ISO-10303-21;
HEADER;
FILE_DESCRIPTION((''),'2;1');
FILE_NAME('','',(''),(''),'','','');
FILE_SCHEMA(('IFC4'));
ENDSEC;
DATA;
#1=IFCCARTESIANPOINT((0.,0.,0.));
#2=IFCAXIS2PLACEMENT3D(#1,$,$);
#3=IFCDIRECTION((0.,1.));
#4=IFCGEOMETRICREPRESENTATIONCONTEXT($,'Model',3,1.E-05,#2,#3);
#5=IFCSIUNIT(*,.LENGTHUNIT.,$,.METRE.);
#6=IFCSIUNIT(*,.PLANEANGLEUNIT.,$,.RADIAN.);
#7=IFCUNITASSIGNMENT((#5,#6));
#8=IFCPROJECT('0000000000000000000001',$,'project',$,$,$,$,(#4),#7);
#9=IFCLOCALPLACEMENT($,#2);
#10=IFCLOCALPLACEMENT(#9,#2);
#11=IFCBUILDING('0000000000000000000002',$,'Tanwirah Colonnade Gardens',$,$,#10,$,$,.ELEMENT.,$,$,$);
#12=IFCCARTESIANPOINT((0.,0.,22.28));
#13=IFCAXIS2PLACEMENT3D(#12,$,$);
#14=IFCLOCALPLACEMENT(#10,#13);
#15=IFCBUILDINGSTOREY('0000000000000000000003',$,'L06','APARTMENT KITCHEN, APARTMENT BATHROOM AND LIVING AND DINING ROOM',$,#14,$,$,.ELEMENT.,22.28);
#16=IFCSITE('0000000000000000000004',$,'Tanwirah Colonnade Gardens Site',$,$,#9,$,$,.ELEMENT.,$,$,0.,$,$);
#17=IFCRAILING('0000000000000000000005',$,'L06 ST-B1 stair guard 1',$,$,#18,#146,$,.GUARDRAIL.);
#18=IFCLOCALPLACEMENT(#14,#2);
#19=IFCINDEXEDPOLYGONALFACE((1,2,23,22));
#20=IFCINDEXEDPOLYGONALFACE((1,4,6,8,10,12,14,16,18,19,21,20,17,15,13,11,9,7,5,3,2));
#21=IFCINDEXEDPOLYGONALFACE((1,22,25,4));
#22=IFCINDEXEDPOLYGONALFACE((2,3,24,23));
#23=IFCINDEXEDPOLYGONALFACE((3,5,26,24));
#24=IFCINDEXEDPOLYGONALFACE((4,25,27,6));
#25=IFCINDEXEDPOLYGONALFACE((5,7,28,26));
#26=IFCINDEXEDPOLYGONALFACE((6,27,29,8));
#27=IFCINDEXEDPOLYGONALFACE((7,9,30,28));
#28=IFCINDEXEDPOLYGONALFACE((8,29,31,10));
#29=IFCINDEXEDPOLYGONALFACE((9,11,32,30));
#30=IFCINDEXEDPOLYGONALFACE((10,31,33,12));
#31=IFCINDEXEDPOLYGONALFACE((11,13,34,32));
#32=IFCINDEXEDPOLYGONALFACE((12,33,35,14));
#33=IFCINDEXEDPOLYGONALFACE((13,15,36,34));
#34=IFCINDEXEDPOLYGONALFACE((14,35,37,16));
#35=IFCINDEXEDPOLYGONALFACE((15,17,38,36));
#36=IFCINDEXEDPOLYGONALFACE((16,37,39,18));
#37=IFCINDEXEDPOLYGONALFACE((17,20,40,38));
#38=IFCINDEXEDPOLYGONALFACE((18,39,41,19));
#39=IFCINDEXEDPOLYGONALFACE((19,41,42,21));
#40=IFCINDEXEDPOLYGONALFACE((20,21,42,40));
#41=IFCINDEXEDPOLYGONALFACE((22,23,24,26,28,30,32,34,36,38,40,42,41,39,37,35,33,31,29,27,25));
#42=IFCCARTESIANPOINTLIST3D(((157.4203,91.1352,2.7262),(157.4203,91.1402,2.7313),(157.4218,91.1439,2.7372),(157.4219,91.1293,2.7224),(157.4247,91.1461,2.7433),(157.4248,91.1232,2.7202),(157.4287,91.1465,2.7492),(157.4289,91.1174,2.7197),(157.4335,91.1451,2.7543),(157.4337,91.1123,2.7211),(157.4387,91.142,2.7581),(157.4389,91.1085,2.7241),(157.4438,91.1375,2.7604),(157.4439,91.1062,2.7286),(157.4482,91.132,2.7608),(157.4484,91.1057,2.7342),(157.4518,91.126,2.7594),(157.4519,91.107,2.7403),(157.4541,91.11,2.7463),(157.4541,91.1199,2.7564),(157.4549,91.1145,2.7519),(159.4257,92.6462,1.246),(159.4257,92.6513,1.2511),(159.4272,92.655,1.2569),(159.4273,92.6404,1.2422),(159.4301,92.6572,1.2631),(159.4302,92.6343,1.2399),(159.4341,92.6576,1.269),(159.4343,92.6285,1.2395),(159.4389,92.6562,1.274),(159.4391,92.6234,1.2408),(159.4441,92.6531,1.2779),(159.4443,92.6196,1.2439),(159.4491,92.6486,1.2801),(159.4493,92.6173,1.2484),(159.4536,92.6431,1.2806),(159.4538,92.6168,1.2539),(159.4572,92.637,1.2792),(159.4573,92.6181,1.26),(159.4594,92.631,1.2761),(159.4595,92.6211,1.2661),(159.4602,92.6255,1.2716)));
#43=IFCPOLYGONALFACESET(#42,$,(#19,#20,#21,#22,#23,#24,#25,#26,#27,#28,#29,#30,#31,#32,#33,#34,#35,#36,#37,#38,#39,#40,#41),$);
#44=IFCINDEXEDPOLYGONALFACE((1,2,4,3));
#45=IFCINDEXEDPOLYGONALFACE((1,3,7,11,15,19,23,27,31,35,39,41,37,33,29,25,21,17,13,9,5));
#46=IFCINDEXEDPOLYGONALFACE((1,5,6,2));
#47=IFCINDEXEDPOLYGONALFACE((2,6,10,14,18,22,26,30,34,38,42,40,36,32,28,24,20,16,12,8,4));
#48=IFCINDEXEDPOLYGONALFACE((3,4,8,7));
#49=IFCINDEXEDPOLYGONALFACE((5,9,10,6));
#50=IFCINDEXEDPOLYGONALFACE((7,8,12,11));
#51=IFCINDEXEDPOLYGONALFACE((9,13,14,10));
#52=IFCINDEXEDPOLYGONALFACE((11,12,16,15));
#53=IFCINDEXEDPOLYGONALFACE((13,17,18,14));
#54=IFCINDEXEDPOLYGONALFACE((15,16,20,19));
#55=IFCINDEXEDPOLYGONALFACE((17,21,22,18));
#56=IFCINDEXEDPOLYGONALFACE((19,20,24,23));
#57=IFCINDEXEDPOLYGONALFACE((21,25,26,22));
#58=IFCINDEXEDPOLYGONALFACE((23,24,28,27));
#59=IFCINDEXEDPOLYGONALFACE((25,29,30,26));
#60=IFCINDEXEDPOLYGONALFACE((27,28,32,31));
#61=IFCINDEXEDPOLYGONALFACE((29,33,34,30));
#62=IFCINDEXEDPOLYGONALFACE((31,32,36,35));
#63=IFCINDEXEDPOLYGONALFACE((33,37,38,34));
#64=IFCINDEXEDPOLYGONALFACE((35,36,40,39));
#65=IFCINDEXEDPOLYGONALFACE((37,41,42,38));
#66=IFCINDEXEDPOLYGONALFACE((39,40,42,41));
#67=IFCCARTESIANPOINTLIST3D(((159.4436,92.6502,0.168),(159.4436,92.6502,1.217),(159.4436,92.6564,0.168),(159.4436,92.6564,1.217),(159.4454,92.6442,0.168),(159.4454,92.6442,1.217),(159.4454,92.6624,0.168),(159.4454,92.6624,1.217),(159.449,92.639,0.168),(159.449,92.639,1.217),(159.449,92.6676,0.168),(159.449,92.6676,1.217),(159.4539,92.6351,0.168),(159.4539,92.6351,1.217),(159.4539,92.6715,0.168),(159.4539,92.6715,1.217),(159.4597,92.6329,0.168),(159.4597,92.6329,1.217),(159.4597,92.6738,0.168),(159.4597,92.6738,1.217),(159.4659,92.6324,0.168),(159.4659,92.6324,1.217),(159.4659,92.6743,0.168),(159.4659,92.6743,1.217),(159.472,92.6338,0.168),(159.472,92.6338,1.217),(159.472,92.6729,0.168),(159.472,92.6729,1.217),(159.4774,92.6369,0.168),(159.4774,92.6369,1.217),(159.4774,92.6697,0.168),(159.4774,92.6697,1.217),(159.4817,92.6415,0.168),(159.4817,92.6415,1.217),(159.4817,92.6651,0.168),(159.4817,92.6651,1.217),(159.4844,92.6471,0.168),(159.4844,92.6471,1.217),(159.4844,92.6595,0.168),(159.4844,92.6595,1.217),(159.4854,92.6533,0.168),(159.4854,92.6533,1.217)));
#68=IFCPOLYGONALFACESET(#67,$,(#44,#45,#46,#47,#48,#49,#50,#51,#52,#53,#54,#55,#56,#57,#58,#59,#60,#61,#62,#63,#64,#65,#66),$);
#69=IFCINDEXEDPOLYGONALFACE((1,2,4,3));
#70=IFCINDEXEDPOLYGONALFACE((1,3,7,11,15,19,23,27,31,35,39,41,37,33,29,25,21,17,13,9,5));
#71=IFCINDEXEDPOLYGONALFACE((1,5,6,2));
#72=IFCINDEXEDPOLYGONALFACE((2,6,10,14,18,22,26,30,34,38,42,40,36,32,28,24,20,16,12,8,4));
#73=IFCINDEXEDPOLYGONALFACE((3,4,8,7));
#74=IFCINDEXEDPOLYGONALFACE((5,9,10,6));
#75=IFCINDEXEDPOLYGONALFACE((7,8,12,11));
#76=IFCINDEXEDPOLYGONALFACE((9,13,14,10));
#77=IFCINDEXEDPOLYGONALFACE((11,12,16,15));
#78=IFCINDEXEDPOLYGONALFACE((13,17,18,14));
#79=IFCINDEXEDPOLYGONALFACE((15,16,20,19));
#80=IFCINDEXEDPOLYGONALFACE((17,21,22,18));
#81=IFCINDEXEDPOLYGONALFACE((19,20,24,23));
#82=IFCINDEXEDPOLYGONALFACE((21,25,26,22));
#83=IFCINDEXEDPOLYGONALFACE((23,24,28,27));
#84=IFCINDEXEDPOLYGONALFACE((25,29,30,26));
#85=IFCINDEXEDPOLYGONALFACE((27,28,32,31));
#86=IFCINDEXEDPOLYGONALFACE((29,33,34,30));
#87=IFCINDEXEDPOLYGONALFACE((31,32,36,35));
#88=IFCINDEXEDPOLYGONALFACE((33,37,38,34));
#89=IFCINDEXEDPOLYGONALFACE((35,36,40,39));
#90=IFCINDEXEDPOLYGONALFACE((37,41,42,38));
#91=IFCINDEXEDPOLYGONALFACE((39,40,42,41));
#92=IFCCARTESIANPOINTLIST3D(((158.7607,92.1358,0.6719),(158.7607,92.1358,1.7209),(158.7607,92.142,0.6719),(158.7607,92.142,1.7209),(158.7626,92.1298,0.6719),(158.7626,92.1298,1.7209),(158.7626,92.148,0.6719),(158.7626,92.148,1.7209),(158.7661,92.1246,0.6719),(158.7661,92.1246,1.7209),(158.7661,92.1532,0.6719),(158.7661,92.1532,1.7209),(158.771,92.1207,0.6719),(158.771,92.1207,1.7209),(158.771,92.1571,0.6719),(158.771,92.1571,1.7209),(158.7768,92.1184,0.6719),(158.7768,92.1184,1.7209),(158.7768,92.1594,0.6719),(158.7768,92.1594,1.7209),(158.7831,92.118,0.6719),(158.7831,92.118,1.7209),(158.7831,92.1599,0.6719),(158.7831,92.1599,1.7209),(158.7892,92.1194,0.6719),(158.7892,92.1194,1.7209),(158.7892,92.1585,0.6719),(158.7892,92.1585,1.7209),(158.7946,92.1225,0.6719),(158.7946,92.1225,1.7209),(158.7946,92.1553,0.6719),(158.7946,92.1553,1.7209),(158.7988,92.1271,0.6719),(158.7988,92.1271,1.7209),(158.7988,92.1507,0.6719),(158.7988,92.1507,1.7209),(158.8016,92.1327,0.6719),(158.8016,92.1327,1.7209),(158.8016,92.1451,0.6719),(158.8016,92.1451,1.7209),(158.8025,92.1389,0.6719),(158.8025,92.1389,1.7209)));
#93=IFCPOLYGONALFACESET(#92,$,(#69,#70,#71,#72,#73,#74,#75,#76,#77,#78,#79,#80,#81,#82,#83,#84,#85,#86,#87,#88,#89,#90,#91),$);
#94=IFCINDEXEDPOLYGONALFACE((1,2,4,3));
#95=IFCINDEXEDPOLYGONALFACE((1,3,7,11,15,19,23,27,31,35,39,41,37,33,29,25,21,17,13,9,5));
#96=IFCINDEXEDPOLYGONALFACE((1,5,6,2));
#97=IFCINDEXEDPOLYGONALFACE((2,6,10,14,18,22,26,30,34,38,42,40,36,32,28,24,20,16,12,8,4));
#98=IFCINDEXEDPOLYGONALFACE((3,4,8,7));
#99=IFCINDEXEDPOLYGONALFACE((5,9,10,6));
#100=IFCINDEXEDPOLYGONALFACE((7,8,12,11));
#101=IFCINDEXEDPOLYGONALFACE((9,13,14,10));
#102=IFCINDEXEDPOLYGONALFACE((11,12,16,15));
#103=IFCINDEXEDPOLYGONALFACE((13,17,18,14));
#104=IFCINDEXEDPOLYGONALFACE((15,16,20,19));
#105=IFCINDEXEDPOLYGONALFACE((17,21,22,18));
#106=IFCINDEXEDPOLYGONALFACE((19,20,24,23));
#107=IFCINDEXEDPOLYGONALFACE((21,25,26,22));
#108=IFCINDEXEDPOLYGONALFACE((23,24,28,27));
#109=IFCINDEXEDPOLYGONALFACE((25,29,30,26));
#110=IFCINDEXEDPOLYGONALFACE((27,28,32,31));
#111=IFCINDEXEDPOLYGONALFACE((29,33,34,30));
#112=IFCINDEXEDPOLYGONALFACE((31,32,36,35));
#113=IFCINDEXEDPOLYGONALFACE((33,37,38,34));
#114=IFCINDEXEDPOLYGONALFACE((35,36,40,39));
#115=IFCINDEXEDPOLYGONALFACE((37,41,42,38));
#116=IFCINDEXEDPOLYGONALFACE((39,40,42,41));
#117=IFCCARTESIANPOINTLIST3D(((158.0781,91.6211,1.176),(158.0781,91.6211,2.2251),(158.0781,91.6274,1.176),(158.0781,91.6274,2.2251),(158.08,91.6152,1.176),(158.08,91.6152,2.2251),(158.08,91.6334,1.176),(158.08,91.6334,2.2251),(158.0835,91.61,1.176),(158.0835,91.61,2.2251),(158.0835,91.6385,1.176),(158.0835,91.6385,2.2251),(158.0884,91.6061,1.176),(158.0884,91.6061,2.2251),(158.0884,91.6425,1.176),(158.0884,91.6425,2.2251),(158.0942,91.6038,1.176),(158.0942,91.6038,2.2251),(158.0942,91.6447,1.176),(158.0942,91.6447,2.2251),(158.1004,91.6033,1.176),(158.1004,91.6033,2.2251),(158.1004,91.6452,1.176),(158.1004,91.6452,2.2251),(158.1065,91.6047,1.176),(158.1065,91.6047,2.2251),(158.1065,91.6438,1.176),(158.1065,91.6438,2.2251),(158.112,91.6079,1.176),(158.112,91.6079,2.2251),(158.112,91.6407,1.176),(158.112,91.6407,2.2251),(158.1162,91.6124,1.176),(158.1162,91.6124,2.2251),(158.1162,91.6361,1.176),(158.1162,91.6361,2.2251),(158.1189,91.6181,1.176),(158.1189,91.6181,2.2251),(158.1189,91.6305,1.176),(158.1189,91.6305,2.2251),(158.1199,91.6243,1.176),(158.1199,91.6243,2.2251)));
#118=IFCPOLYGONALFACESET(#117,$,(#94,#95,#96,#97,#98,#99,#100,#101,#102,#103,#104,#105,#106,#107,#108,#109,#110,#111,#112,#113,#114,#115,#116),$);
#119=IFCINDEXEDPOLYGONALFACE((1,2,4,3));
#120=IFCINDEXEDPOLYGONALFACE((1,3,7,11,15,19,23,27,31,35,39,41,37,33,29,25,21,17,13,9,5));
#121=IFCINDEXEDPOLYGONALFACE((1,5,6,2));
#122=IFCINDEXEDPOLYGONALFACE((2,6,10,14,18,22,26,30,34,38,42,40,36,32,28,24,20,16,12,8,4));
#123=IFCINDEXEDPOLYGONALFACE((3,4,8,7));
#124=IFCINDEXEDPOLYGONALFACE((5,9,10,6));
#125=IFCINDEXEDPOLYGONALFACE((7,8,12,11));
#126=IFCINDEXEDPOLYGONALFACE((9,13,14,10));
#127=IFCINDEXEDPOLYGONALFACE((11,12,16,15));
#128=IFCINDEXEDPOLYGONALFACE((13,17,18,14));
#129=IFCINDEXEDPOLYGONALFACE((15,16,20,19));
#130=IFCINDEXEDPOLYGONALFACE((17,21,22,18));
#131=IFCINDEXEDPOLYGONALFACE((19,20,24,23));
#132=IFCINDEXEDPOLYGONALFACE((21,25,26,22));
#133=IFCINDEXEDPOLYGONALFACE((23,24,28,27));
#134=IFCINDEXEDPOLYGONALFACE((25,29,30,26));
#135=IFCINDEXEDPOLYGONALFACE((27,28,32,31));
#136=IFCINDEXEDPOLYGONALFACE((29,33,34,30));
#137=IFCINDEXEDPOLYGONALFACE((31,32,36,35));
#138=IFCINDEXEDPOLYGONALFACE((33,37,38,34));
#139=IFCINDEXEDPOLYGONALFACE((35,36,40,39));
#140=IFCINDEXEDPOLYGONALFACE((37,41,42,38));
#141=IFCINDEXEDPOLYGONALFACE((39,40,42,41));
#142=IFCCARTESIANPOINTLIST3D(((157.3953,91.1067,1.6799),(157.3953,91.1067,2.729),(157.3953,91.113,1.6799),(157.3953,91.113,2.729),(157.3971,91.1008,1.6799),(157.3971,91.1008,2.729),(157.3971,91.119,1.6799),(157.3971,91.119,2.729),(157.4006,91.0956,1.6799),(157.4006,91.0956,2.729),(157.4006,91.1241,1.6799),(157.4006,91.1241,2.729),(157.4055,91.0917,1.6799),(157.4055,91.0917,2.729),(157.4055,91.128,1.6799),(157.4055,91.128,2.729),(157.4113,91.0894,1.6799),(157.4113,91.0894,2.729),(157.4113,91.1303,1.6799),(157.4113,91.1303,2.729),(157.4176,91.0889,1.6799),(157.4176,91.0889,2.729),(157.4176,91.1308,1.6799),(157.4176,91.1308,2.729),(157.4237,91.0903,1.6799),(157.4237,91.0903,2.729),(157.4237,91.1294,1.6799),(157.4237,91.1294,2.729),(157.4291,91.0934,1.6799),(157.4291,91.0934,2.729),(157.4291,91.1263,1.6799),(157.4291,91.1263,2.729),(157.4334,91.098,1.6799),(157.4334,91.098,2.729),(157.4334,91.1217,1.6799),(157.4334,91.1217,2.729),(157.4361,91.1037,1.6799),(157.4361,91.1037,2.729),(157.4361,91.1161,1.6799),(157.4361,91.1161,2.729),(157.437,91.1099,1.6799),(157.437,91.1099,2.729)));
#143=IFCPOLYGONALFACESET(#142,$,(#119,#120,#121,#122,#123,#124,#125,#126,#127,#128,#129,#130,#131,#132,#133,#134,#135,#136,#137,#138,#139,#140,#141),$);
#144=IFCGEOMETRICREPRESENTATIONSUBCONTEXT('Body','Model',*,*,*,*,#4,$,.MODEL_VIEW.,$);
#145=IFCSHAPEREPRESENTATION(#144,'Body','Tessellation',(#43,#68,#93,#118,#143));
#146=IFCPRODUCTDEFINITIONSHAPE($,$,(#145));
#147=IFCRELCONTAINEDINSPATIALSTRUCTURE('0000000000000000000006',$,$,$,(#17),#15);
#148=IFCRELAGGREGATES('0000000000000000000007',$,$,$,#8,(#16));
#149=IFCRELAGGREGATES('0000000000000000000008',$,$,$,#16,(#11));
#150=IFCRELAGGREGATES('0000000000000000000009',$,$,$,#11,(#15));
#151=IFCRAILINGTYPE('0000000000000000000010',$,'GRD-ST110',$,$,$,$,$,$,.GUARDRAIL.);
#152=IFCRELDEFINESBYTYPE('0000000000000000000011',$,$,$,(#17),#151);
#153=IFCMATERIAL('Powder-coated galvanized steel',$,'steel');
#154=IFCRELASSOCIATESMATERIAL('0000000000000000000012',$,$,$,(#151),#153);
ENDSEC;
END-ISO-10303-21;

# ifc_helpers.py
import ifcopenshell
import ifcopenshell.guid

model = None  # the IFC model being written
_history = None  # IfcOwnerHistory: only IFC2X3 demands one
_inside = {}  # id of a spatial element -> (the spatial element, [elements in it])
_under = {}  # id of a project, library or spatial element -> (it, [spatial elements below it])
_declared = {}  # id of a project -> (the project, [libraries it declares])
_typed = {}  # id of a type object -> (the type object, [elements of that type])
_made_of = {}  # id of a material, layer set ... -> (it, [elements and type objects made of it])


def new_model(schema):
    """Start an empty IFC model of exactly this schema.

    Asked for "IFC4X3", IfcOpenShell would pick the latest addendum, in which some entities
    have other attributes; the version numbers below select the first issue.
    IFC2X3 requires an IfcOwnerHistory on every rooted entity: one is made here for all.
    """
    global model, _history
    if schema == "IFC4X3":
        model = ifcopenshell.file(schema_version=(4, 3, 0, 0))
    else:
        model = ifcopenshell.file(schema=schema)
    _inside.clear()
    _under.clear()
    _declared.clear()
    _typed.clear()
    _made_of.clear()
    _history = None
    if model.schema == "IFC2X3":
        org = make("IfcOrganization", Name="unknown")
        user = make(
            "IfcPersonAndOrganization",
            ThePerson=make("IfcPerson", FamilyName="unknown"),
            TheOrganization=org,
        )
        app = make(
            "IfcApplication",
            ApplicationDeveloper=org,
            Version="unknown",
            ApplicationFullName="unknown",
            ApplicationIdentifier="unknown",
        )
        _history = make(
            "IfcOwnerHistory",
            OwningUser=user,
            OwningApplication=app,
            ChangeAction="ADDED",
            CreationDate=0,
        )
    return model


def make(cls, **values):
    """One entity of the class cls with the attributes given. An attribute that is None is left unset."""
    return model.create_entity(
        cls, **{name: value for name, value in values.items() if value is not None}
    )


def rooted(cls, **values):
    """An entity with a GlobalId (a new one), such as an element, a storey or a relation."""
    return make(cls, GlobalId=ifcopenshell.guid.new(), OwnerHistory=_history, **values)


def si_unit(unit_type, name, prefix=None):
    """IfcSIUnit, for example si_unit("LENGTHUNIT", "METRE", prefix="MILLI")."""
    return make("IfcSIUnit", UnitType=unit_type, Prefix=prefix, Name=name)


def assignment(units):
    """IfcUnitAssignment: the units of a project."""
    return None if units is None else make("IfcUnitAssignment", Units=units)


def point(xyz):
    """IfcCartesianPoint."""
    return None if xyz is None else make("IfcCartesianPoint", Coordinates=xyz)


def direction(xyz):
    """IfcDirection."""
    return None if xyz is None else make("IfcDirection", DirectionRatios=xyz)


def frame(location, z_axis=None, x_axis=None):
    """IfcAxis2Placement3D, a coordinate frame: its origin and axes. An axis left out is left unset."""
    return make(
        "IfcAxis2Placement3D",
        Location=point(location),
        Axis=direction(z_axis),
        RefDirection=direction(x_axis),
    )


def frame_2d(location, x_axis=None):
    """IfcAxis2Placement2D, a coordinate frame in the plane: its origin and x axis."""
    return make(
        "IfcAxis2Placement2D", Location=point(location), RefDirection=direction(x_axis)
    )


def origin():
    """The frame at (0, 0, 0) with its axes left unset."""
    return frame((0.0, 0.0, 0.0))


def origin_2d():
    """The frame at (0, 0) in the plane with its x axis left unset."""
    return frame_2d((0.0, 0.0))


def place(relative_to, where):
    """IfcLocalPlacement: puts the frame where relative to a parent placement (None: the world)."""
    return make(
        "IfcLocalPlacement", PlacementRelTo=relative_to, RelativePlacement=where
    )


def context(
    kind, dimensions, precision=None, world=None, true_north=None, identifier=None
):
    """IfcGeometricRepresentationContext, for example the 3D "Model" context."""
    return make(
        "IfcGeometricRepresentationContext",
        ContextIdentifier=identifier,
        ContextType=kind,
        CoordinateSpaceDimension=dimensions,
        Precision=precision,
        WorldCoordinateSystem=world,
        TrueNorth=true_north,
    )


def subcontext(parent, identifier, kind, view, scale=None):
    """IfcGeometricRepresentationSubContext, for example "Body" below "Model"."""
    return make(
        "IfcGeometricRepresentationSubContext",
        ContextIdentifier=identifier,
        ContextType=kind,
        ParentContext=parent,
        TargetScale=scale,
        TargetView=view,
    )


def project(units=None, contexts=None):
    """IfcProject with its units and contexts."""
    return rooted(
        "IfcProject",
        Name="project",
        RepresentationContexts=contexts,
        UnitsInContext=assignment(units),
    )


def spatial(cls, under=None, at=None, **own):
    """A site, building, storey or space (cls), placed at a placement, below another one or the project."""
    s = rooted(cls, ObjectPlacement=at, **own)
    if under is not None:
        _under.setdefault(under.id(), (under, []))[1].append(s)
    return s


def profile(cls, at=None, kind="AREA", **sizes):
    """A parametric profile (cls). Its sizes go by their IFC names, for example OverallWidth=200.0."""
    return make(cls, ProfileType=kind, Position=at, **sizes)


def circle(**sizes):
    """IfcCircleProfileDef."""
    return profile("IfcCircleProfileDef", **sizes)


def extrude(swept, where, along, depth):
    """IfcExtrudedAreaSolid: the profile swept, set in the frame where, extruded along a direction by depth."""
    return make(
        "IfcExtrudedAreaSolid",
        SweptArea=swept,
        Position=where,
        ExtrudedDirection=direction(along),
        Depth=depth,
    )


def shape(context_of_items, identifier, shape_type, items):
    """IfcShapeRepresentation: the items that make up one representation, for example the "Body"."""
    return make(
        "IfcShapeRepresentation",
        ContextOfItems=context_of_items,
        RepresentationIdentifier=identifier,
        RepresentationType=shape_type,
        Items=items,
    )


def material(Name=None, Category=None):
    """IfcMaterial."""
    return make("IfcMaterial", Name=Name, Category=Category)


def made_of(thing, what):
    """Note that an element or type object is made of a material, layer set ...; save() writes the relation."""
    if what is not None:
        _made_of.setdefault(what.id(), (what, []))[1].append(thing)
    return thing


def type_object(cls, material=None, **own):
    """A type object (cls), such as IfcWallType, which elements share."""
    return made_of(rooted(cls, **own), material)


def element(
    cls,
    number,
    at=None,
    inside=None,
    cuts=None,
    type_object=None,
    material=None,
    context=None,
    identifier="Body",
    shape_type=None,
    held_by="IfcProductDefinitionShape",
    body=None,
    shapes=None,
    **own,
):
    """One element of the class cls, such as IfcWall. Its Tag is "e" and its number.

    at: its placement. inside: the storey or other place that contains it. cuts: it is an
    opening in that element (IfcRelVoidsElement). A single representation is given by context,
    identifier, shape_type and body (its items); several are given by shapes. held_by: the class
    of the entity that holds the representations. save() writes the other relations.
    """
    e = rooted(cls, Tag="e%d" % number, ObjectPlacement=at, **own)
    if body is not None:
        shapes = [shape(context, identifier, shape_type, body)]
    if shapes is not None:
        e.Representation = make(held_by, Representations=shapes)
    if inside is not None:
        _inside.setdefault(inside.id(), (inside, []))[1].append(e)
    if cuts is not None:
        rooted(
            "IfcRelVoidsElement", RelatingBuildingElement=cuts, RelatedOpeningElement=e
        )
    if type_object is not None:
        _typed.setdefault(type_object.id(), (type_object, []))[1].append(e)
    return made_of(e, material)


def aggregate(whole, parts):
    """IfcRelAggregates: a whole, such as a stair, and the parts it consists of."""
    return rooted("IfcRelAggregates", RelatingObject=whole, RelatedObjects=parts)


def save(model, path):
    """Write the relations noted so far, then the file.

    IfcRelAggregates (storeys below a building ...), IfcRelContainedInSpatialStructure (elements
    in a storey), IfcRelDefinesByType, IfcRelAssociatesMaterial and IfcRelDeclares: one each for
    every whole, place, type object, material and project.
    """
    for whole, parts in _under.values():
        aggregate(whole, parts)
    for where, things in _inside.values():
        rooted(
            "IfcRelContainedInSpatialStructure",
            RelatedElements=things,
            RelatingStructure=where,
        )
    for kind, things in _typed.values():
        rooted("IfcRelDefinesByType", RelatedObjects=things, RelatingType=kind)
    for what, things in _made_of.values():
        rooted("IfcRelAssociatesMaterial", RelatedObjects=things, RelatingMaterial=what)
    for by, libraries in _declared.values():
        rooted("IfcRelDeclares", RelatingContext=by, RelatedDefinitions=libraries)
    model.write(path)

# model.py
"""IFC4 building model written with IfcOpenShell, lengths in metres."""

from ifc_helpers import new_model, si_unit, direction, frame, origin, origin_2d, place, context, subcontext, project, spatial, circle, extrude, material, type_object, element, save


model = new_model("IFC4")

# Units and contexts
model_context = context("Model", 3, precision=1e-05, world=origin(), true_north=direction((0.0, 1.0)))
body_context = subcontext(model_context, "Body", "Model", "MODEL_VIEW")
ifc_project = project(units=[si_unit("LENGTHUNIT", "METRE"), si_unit("PLANEANGLEUNIT", "RADIAN")], contexts=[model_context])

# Site, building, storey
site_placement = place(None, origin())
site = spatial("IfcSite", under=ifc_project, at=site_placement, Name="Tanwirah Colonnade Gardens Site", CompositionType="ELEMENT", RefElevation=0.0)
building_placement = place(site_placement, origin())
building = spatial("IfcBuilding", under=site, at=building_placement, Name="Tanwirah Colonnade Gardens", CompositionType="ELEMENT")
storey_placement = place(building_placement, frame((0.0, 0.0, 22.28)))
storey = spatial("IfcBuildingStorey", under=building, at=storey_placement, Name="L06", Description="APARTMENT KITCHEN, APARTMENT BATHROOM AND LIVING AND DINING ROOM", CompositionType="ELEMENT", Elevation=22.28)

# Railing
ifc_material_1 = material(Name="Powder-coated galvanized steel", Category="steel")
railing_type_1 = type_object("IfcRailingType", Name="GRD-ST110", PredefinedType="GUARDRAIL", material=ifc_material_1)
railing_1_placement = place(storey_placement, frame((159.4644, 92.6533, 0.168)))
element("IfcRailing", 1, at=railing_1_placement, inside=storey, type_object=railing_type_1, Name="L06 ST-B1 stair guard 1", PredefinedType="GUARDRAIL", context=body_context, shape_type="SweptSolid", body=[
    extrude(circle(Radius=0.0239, at=origin_2d()), frame((-0.0215, -0.0161, 1.092), z_axis=(-0.687998, -0.518418, 0.50784), x_axis=(0.601796, -0.79865, 0.0)), (0.0, 0.0, 1.0), 2.9148),
    extrude(circle(Radius=0.021, at=origin_2d()), origin(), (0.0, 0.0, 1.0), 1.0491),
    extrude(circle(Radius=0.021, at=origin_2d()), frame((-0.6829, -0.5144, 0.5039)), (0.0, 0.0, 1.0), 1.0491),
    extrude(circle(Radius=0.021, at=origin_2d()), frame((-1.3655, -1.0291, 1.0081)), (0.0, 0.0, 1.0), 1.0491),
    extrude(circle(Radius=0.021, at=origin_2d()), frame((-2.0483, -1.5435, 1.512)), (0.0, 0.0, 1.0), 1.0491),
])

save(model, "model.ifc")
